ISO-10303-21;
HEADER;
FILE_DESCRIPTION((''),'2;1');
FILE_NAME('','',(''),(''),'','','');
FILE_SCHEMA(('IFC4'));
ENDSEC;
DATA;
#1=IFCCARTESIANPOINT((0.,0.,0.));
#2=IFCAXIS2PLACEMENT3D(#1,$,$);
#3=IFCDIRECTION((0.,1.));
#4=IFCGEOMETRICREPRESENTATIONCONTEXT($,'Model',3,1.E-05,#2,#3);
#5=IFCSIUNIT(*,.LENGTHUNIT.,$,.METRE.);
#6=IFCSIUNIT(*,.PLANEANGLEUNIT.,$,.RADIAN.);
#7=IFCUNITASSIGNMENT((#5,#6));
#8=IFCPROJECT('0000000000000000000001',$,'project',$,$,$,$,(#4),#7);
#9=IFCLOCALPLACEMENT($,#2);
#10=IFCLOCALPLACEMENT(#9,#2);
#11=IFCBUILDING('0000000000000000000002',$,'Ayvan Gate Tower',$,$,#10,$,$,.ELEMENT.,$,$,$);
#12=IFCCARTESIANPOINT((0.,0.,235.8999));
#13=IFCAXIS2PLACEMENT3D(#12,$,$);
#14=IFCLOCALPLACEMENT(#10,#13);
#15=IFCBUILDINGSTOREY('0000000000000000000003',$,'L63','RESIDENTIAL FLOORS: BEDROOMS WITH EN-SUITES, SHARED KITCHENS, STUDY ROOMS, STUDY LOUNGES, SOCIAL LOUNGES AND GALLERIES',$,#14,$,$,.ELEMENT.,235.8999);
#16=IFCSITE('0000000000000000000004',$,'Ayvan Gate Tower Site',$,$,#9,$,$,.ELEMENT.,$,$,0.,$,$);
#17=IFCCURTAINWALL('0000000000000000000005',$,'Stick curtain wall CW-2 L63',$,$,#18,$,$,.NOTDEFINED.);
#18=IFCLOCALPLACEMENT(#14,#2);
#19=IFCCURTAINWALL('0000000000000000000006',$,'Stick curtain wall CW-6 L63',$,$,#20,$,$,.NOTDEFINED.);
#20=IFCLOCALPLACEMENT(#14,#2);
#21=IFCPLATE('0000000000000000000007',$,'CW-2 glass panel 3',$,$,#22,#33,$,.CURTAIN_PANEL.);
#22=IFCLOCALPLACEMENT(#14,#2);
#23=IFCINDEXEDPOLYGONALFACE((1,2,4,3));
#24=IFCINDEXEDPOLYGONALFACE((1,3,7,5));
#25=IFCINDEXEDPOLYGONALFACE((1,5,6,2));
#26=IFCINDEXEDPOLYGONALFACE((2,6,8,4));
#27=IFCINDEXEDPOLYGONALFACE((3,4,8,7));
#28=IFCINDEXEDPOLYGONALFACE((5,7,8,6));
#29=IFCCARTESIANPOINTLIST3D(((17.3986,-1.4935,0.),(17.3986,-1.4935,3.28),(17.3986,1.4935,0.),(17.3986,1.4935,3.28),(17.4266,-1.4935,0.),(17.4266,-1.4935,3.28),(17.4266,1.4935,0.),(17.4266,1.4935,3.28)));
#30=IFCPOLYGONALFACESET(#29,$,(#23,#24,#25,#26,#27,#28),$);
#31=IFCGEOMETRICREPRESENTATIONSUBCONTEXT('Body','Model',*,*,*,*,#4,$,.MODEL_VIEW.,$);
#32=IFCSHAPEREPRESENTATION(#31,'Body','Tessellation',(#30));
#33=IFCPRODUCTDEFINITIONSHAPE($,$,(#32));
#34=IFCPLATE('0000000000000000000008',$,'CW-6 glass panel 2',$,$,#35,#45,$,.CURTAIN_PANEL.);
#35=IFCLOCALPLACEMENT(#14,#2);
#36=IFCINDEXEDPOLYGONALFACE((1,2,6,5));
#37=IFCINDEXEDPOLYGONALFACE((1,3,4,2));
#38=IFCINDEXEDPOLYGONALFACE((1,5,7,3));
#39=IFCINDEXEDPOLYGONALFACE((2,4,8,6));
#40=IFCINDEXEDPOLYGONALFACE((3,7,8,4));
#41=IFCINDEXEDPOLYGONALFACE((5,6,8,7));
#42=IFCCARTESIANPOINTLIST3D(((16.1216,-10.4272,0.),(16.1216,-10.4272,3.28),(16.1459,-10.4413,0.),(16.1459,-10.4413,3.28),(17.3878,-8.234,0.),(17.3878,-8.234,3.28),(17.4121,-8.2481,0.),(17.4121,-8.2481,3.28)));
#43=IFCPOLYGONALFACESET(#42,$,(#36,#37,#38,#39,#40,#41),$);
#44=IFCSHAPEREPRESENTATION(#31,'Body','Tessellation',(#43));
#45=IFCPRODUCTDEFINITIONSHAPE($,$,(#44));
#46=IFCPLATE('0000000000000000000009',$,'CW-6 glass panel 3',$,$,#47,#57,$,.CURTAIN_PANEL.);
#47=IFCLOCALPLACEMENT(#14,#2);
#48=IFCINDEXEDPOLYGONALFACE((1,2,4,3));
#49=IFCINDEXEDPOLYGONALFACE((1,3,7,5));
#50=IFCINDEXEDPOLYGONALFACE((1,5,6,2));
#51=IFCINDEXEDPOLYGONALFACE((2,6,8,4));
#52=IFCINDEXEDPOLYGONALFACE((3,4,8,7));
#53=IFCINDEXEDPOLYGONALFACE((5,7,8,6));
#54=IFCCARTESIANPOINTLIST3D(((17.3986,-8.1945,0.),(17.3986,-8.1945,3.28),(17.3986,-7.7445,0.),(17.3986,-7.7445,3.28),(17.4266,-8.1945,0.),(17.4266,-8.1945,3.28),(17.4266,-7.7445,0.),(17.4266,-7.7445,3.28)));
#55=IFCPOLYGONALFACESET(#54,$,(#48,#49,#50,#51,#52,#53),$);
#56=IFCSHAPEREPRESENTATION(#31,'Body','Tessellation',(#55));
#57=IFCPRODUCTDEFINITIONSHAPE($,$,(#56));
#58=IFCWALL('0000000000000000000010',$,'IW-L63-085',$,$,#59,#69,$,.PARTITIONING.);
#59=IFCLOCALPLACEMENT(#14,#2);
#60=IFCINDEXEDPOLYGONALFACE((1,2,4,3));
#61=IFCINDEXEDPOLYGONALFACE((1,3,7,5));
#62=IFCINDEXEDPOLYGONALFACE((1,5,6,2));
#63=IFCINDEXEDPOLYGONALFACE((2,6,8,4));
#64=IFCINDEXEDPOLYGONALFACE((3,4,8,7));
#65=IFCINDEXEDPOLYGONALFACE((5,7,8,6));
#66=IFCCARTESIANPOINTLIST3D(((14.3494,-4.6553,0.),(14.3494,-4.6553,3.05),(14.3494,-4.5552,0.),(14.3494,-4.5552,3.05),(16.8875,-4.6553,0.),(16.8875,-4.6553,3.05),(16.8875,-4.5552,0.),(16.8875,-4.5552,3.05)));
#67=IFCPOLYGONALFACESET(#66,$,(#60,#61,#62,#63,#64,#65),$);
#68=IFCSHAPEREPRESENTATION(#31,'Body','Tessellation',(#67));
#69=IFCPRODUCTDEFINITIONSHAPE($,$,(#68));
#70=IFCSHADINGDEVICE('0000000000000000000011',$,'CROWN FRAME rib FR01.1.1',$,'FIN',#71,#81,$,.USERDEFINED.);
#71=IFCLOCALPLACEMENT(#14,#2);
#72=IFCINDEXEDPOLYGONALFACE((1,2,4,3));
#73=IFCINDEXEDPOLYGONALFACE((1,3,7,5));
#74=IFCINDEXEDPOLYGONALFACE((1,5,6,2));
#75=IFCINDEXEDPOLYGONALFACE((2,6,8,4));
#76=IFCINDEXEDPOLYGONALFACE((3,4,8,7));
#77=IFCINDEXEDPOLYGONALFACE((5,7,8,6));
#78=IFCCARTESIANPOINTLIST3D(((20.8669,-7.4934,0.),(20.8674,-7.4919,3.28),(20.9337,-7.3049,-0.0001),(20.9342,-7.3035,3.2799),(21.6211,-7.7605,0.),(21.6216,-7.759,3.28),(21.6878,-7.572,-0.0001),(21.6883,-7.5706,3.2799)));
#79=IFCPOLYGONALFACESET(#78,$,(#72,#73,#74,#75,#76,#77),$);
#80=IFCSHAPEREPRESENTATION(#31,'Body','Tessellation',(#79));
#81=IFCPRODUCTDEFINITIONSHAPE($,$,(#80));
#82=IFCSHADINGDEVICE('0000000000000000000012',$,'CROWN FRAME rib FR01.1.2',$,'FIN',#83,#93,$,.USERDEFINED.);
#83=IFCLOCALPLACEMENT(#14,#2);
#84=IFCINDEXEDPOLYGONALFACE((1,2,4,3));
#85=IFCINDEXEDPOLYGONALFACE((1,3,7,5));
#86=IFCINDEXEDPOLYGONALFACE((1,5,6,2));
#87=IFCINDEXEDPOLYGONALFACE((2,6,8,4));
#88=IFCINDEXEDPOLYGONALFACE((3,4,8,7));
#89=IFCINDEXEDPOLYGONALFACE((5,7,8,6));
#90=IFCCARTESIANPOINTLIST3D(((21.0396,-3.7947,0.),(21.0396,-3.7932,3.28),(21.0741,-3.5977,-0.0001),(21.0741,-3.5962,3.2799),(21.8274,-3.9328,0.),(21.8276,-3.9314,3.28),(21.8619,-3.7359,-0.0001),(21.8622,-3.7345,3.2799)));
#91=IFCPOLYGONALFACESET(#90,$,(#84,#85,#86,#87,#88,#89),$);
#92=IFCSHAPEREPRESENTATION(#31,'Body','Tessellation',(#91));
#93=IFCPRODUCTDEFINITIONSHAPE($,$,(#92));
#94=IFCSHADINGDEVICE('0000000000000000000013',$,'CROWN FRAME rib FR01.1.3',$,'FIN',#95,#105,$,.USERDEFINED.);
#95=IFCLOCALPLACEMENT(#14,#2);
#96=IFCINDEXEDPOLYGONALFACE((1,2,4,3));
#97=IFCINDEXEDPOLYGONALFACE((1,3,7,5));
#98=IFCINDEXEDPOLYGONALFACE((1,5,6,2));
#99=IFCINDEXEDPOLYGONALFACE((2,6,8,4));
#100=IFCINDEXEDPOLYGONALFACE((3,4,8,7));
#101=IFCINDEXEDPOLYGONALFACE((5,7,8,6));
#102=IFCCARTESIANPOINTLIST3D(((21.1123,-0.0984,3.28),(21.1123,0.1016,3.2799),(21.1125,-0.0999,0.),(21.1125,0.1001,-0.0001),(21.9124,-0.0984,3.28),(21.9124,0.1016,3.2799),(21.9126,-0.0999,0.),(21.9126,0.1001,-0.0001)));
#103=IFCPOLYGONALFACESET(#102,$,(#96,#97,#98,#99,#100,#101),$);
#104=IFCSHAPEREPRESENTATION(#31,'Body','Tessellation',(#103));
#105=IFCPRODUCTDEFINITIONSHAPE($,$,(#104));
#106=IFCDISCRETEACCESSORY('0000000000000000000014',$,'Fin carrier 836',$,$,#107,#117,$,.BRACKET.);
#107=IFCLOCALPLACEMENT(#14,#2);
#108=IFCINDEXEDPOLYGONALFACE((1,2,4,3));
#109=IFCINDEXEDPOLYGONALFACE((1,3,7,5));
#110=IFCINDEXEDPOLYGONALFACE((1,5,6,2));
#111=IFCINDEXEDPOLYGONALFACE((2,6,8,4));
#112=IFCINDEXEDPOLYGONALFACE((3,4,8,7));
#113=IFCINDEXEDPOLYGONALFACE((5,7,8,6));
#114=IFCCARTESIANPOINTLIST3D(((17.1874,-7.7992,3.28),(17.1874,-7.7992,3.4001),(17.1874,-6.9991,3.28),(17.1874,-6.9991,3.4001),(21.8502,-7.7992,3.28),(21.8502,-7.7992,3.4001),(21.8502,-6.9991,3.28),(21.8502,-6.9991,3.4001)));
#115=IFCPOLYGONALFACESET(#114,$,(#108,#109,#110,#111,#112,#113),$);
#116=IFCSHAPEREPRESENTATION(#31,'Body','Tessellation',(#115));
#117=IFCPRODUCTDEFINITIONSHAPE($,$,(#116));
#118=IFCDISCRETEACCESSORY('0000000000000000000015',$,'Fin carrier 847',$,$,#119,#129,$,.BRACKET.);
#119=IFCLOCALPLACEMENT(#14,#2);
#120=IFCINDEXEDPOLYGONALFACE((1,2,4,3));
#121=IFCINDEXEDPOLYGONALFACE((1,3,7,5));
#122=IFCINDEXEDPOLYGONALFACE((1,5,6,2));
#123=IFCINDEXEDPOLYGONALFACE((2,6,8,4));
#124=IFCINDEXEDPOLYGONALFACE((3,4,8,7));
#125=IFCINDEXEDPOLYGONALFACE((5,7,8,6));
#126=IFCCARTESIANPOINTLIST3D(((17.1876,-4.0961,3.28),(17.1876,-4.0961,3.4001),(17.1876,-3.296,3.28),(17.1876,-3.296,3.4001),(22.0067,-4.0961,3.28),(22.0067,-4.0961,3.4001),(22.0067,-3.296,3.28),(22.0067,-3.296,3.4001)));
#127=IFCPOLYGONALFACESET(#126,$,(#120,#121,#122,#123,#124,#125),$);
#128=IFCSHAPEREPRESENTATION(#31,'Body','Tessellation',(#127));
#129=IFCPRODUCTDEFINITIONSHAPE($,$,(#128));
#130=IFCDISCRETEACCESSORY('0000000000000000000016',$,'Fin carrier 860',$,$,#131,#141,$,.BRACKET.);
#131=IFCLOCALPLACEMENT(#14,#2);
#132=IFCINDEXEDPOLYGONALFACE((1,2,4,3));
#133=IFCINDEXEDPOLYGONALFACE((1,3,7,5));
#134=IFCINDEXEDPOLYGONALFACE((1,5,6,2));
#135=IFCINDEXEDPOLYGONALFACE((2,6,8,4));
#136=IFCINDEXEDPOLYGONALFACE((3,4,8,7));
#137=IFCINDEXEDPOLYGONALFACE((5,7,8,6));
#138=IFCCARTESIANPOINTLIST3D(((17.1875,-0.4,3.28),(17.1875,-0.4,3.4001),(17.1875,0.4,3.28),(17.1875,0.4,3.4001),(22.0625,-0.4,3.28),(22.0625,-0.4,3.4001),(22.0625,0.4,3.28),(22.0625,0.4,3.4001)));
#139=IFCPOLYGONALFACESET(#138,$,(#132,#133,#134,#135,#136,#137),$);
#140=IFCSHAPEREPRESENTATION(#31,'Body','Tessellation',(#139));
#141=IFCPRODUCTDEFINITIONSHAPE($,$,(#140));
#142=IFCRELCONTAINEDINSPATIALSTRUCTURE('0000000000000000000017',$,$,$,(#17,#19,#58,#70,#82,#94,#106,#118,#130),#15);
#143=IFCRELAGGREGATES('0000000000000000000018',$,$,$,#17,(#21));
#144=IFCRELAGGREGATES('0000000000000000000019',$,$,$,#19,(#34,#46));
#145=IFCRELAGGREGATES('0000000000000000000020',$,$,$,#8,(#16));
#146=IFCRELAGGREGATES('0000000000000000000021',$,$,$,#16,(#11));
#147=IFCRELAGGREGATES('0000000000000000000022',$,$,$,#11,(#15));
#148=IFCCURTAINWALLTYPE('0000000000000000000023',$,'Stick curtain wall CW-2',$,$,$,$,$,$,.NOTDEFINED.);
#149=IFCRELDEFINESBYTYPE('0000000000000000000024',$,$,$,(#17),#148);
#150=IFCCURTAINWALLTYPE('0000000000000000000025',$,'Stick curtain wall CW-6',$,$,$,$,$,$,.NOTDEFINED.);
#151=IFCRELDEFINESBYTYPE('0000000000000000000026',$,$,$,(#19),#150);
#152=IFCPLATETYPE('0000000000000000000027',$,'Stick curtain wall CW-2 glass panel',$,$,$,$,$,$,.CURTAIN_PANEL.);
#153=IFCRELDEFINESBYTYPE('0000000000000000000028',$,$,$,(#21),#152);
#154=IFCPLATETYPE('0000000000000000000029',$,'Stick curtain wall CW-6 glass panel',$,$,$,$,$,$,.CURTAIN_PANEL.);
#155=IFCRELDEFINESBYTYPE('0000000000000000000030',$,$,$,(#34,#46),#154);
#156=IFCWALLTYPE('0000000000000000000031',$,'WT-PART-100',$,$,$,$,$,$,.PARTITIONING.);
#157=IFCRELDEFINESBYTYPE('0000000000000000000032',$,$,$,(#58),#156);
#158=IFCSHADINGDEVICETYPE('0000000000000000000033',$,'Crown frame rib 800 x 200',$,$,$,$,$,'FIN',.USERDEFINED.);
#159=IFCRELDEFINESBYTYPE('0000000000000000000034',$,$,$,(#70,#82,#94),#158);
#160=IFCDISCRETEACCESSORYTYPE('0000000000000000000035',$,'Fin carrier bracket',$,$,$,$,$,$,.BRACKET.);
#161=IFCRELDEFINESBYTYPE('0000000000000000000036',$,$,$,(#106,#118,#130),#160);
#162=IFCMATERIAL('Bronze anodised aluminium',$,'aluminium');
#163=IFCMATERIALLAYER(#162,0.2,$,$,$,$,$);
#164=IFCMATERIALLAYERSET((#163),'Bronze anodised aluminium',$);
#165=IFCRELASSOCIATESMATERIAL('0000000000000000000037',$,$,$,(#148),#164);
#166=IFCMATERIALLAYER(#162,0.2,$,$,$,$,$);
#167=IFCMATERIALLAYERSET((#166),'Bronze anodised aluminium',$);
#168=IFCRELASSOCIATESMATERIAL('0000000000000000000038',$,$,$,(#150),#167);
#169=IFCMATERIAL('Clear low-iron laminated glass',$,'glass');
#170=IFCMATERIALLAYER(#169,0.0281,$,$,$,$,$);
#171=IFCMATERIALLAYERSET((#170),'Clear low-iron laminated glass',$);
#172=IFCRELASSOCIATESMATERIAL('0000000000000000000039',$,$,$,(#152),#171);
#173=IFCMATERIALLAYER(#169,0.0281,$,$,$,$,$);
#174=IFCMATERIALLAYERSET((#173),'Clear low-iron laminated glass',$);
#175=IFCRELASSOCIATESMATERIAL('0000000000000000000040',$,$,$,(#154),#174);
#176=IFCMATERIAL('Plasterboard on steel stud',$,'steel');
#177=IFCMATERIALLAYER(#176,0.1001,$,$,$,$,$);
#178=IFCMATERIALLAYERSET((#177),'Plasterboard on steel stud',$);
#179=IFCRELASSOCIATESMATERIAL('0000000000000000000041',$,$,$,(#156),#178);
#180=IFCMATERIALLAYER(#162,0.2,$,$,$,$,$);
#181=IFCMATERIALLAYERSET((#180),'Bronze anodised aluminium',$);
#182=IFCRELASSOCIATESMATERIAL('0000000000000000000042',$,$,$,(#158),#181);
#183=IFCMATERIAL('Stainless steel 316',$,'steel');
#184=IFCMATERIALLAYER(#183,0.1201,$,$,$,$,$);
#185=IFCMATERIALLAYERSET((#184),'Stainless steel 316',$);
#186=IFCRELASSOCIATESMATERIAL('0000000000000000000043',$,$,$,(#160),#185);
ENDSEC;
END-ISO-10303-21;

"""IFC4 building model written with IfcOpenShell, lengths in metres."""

from ifc_helpers import new_model, si_unit, direction, frame, frame_2d, origin, origin_2d, place, context, subcontext, project, spatial, polyline, rectangle, outline, extrude, material, layer, layer_set, type_object, element, aggregate, save


model = new_model("IFC4")

# Units and contexts
model_context = context("Model", 3, precision=1e-05, world=origin(), true_north=direction((0.0, 1.0)))
body_context = subcontext(model_context, "Body", "Model", "MODEL_VIEW")
ifc_project = project(units=[si_unit("LENGTHUNIT", "METRE"), si_unit("PLANEANGLEUNIT", "RADIAN")], contexts=[model_context])

# Site, building, storey
site_placement = place(None, origin())
site = spatial("IfcSite", under=ifc_project, at=site_placement, Name="Ayvan Gate Tower Site", CompositionType="ELEMENT", RefElevation=0.0)
building_placement = place(site_placement, origin())
building = spatial("IfcBuilding", under=site, at=building_placement, Name="Ayvan Gate Tower", CompositionType="ELEMENT")
storey_placement = place(building_placement, frame((0.0, 0.0, 235.8999)))
storey = spatial("IfcBuildingStorey", under=building, at=storey_placement, Name="L63", Description="RESIDENTIAL FLOORS: BEDROOMS WITH EN-SUITES, SHARED KITCHENS, STUDY ROOMS, STUDY LOUNGES, SOCIAL LOUNGES AND GALLERIES", CompositionType="ELEMENT", Elevation=235.8999)

# Curtain walls
ifc_material_1 = material(Name="Bronze anodised aluminium", Category="aluminium")
ifc_layer_1 = layer(ifc_material_1, 0.2)
ifc_layer_set_1 = layer_set([ifc_layer_1], Name="Bronze anodised aluminium")
curtain_wall_type_1 = type_object("IfcCurtainWallType", Name="Stick curtain wall CW-2", PredefinedType="NOTDEFINED", material=ifc_layer_set_1)
curtain_wall_1_placement = place(storey_placement, origin())
curtain_wall_1 = element("IfcCurtainWall", 1, at=curtain_wall_1_placement, inside=storey, type_object=curtain_wall_type_1, Name="Stick curtain wall CW-2 L63", PredefinedType="NOTDEFINED")
ifc_layer_2 = layer(ifc_material_1, 0.2)
ifc_layer_set_2 = layer_set([ifc_layer_2], Name="Bronze anodised aluminium")
curtain_wall_type_2 = type_object("IfcCurtainWallType", Name="Stick curtain wall CW-6", PredefinedType="NOTDEFINED", material=ifc_layer_set_2)
curtain_wall_2_placement = place(storey_placement, origin())
curtain_wall_2 = element("IfcCurtainWall", 2, at=curtain_wall_2_placement, inside=storey, type_object=curtain_wall_type_2, Name="Stick curtain wall CW-6 L63", PredefinedType="NOTDEFINED")

# Plates
ifc_material_2 = material(Name="Clear low-iron laminated glass", Category="glass")
ifc_layer_3 = layer(ifc_material_2, 0.0281)
ifc_layer_set_3 = layer_set([ifc_layer_3], Name="Clear low-iron laminated glass")
plate_type_1 = type_object("IfcPlateType", Name="Stick curtain wall CW-2 glass panel", PredefinedType="CURTAIN_PANEL", material=ifc_layer_set_3)
plate_1_placement = place(storey_placement, frame((17.4126, 0.0, 0.0), z_axis=(0.0, 0.0, 1.0), x_axis=(0.0, 1.0, 0.0)))
plate_1 = element("IfcPlate", 3, at=plate_1_placement, type_object=plate_type_1, Name="CW-2 glass panel 3", PredefinedType="CURTAIN_PANEL", context=body_context, shape_type="SweptSolid", body=[
    extrude(rectangle(XDim=2.9871, YDim=0.0281, at=origin_2d()), origin(), (0.0, 0.0, 1.0), 3.28),
])
aggregate(curtain_wall_1, [plate_1])
ifc_layer_4 = layer(ifc_material_2, 0.0281)
ifc_layer_set_4 = layer_set([ifc_layer_4], Name="Clear low-iron laminated glass")
plate_type_2 = type_object("IfcPlateType", Name="Stick curtain wall CW-6 glass panel", PredefinedType="CURTAIN_PANEL", material=ifc_layer_set_4)
plate_2_placement = place(storey_placement, frame((16.7668, -9.3376, 0.0), z_axis=(0.0, 0.0, 1.0), x_axis=(0.5, 0.866025, 0.0)))
plate_2 = element("IfcPlate", 4, at=plate_2_placement, type_object=plate_type_2, Name="CW-6 glass panel 2", PredefinedType="CURTAIN_PANEL", context=body_context, shape_type="SweptSolid", body=[
    extrude(rectangle(XDim=2.5325, YDim=0.0281, at=origin_2d()), origin(), (0.0, 0.0, 1.0), 3.28),
])
plate_3_placement = place(storey_placement, frame((17.4126, -7.9695, 0.0), z_axis=(0.0, 0.0, 1.0), x_axis=(0.0, 1.0, 0.0)))
plate_3 = element("IfcPlate", 5, at=plate_3_placement, type_object=plate_type_2, Name="CW-6 glass panel 3", PredefinedType="CURTAIN_PANEL", context=body_context, shape_type="SweptSolid", body=[
    extrude(rectangle(XDim=0.45, YDim=0.0281, at=origin_2d()), origin(), (0.0, 0.0, 1.0), 3.28),
])
aggregate(curtain_wall_2, [plate_2, plate_3])

# Wall
ifc_material_3 = material(Name="Plasterboard on steel stud", Category="steel")
ifc_layer_5 = layer(ifc_material_3, 0.1001)
ifc_layer_set_5 = layer_set([ifc_layer_5], Name="Plasterboard on steel stud")
wall_type = type_object("IfcWallType", Name="WT-PART-100", PredefinedType="PARTITIONING", material=ifc_layer_set_5)
wall_placement = place(storey_placement, frame((16.8875, -4.6052, 0.0), z_axis=(0.0, 0.0, 1.0), x_axis=(-1.0, 0.0, 0.0)))
element("IfcWall", 6, at=wall_placement, inside=storey, type_object=wall_type, Name="IW-L63-085", PredefinedType="PARTITIONING", context=body_context, shape_type="SweptSolid", body=[
    extrude(rectangle(XDim=2.5381, YDim=0.1001, at=frame_2d((1.269, 0.0))), origin(), (0.0, 0.0, 1.0), 3.05),
])

# Shading devices
ifc_layer_6 = layer(ifc_material_1, 0.2)
ifc_layer_set_6 = layer_set([ifc_layer_6], Name="Bronze anodised aluminium")
shading_device_type = type_object("IfcShadingDeviceType", Name="Crown frame rib 800 x 200", ElementType="FIN", PredefinedType="USERDEFINED", material=ifc_layer_set_6)
shading_device_1_placement = place(storey_placement, frame((20.8669, -7.4934, 0.0), z_axis=(-0.333841, -0.942629, 0.000471), x_axis=(0.942629, -0.333841, 0.0)))
element("IfcShadingDevice", 7, at=shading_device_1_placement, inside=storey, type_object=shading_device_type, Name="CROWN FRAME rib FR01.1.1", ObjectType="FIN", PredefinedType="USERDEFINED", context=body_context, shape_type="SweptSolid", body=[
    extrude(outline(polyline([(0.0, 0.0), (0.8, 0.0), (0.8, 3.28), (0.0, 3.28), (0.0, 0.0)])), origin(), (0.0, 0.0, -1.0), 0.2),
])
shading_device_2_placement = place(storey_placement, frame((21.0396, -3.7947, 0.0), z_axis=(-0.172732, -0.984969, 0.000446), x_axis=(0.984969, -0.172732, 0.0)))
element("IfcShadingDevice", 8, at=shading_device_2_placement, inside=storey, type_object=shading_device_type, Name="CROWN FRAME rib FR01.1.2", ObjectType="FIN", PredefinedType="USERDEFINED", context=body_context, shape_type="SweptSolid", body=[
    extrude(outline(polyline([(0.0, 0.0), (0.7999, 0.0), (0.7999, 3.28), (-0.0003, 3.28), (0.0, 0.0)])), origin(), (0.0, 0.0, -1.0), 0.2),
])
shading_device_3_placement = place(storey_placement, frame((21.1125, -0.0999, 0.0), z_axis=(0.0, -1.0, 0.000447), x_axis=(1.0, 0.0, 0.0)))
element("IfcShadingDevice", 9, at=shading_device_3_placement, inside=storey, type_object=shading_device_type, Name="CROWN FRAME rib FR01.1.3", ObjectType="FIN", PredefinedType="USERDEFINED", context=body_context, shape_type="SweptSolid", body=[
    extrude(outline(polyline([(0.0, 0.0), (0.8, 0.0), (0.7998, 3.28), (-0.0002, 3.28), (0.0, 0.0)])), origin(), (0.0, 0.0, -1.0), 0.2),
])

# Discrete accessories
ifc_material_4 = material(Name="Stainless steel 316", Category="steel")
ifc_layer_7 = layer(ifc_material_4, 0.1201)
ifc_layer_set_7 = layer_set([ifc_layer_7], Name="Stainless steel 316")
discrete_accessory_type = type_object("IfcDiscreteAccessoryType", Name="Fin carrier bracket", PredefinedType="BRACKET", material=ifc_layer_set_7)
discrete_accessory_1_placement = place(storey_placement, frame((19.5188, -7.3992, 3.28), z_axis=(0.0, 0.0, 1.0), x_axis=(0.0, 1.0, 0.0)))
element("IfcDiscreteAccessory", 10, at=discrete_accessory_1_placement, inside=storey, type_object=discrete_accessory_type, Name="Fin carrier 836", PredefinedType="BRACKET", context=body_context, shape_type="SweptSolid", body=[
    extrude(rectangle(XDim=0.8, YDim=4.6628, at=origin_2d()), origin(), (0.0, 0.0, 1.0), 0.1201),
])
discrete_accessory_2_placement = place(storey_placement, frame((19.5972, -3.696, 3.28), z_axis=(0.0, 0.0, 1.0), x_axis=(0.0, 1.0, 0.0)))
element("IfcDiscreteAccessory", 11, at=discrete_accessory_2_placement, inside=storey, type_object=discrete_accessory_type, Name="Fin carrier 847", PredefinedType="BRACKET", context=body_context, shape_type="SweptSolid", body=[
    extrude(rectangle(XDim=0.8, YDim=4.8191, at=origin_2d()), origin(), (0.0, 0.0, 1.0), 0.1201),
])
discrete_accessory_3_placement = place(storey_placement, frame((19.625, 0.0, 3.28), z_axis=(0.0, 0.0, 1.0), x_axis=(0.0, 1.0, 0.0)))
element("IfcDiscreteAccessory", 12, at=discrete_accessory_3_placement, inside=storey, type_object=discrete_accessory_type, Name="Fin carrier 860", PredefinedType="BRACKET", context=body_context, shape_type="SweptSolid", body=[
    extrude(rectangle(XDim=0.8, YDim=4.875, at=origin_2d()), origin(), (0.0, 0.0, 1.0), 0.1201),
])

save(model, "model.ifc")
